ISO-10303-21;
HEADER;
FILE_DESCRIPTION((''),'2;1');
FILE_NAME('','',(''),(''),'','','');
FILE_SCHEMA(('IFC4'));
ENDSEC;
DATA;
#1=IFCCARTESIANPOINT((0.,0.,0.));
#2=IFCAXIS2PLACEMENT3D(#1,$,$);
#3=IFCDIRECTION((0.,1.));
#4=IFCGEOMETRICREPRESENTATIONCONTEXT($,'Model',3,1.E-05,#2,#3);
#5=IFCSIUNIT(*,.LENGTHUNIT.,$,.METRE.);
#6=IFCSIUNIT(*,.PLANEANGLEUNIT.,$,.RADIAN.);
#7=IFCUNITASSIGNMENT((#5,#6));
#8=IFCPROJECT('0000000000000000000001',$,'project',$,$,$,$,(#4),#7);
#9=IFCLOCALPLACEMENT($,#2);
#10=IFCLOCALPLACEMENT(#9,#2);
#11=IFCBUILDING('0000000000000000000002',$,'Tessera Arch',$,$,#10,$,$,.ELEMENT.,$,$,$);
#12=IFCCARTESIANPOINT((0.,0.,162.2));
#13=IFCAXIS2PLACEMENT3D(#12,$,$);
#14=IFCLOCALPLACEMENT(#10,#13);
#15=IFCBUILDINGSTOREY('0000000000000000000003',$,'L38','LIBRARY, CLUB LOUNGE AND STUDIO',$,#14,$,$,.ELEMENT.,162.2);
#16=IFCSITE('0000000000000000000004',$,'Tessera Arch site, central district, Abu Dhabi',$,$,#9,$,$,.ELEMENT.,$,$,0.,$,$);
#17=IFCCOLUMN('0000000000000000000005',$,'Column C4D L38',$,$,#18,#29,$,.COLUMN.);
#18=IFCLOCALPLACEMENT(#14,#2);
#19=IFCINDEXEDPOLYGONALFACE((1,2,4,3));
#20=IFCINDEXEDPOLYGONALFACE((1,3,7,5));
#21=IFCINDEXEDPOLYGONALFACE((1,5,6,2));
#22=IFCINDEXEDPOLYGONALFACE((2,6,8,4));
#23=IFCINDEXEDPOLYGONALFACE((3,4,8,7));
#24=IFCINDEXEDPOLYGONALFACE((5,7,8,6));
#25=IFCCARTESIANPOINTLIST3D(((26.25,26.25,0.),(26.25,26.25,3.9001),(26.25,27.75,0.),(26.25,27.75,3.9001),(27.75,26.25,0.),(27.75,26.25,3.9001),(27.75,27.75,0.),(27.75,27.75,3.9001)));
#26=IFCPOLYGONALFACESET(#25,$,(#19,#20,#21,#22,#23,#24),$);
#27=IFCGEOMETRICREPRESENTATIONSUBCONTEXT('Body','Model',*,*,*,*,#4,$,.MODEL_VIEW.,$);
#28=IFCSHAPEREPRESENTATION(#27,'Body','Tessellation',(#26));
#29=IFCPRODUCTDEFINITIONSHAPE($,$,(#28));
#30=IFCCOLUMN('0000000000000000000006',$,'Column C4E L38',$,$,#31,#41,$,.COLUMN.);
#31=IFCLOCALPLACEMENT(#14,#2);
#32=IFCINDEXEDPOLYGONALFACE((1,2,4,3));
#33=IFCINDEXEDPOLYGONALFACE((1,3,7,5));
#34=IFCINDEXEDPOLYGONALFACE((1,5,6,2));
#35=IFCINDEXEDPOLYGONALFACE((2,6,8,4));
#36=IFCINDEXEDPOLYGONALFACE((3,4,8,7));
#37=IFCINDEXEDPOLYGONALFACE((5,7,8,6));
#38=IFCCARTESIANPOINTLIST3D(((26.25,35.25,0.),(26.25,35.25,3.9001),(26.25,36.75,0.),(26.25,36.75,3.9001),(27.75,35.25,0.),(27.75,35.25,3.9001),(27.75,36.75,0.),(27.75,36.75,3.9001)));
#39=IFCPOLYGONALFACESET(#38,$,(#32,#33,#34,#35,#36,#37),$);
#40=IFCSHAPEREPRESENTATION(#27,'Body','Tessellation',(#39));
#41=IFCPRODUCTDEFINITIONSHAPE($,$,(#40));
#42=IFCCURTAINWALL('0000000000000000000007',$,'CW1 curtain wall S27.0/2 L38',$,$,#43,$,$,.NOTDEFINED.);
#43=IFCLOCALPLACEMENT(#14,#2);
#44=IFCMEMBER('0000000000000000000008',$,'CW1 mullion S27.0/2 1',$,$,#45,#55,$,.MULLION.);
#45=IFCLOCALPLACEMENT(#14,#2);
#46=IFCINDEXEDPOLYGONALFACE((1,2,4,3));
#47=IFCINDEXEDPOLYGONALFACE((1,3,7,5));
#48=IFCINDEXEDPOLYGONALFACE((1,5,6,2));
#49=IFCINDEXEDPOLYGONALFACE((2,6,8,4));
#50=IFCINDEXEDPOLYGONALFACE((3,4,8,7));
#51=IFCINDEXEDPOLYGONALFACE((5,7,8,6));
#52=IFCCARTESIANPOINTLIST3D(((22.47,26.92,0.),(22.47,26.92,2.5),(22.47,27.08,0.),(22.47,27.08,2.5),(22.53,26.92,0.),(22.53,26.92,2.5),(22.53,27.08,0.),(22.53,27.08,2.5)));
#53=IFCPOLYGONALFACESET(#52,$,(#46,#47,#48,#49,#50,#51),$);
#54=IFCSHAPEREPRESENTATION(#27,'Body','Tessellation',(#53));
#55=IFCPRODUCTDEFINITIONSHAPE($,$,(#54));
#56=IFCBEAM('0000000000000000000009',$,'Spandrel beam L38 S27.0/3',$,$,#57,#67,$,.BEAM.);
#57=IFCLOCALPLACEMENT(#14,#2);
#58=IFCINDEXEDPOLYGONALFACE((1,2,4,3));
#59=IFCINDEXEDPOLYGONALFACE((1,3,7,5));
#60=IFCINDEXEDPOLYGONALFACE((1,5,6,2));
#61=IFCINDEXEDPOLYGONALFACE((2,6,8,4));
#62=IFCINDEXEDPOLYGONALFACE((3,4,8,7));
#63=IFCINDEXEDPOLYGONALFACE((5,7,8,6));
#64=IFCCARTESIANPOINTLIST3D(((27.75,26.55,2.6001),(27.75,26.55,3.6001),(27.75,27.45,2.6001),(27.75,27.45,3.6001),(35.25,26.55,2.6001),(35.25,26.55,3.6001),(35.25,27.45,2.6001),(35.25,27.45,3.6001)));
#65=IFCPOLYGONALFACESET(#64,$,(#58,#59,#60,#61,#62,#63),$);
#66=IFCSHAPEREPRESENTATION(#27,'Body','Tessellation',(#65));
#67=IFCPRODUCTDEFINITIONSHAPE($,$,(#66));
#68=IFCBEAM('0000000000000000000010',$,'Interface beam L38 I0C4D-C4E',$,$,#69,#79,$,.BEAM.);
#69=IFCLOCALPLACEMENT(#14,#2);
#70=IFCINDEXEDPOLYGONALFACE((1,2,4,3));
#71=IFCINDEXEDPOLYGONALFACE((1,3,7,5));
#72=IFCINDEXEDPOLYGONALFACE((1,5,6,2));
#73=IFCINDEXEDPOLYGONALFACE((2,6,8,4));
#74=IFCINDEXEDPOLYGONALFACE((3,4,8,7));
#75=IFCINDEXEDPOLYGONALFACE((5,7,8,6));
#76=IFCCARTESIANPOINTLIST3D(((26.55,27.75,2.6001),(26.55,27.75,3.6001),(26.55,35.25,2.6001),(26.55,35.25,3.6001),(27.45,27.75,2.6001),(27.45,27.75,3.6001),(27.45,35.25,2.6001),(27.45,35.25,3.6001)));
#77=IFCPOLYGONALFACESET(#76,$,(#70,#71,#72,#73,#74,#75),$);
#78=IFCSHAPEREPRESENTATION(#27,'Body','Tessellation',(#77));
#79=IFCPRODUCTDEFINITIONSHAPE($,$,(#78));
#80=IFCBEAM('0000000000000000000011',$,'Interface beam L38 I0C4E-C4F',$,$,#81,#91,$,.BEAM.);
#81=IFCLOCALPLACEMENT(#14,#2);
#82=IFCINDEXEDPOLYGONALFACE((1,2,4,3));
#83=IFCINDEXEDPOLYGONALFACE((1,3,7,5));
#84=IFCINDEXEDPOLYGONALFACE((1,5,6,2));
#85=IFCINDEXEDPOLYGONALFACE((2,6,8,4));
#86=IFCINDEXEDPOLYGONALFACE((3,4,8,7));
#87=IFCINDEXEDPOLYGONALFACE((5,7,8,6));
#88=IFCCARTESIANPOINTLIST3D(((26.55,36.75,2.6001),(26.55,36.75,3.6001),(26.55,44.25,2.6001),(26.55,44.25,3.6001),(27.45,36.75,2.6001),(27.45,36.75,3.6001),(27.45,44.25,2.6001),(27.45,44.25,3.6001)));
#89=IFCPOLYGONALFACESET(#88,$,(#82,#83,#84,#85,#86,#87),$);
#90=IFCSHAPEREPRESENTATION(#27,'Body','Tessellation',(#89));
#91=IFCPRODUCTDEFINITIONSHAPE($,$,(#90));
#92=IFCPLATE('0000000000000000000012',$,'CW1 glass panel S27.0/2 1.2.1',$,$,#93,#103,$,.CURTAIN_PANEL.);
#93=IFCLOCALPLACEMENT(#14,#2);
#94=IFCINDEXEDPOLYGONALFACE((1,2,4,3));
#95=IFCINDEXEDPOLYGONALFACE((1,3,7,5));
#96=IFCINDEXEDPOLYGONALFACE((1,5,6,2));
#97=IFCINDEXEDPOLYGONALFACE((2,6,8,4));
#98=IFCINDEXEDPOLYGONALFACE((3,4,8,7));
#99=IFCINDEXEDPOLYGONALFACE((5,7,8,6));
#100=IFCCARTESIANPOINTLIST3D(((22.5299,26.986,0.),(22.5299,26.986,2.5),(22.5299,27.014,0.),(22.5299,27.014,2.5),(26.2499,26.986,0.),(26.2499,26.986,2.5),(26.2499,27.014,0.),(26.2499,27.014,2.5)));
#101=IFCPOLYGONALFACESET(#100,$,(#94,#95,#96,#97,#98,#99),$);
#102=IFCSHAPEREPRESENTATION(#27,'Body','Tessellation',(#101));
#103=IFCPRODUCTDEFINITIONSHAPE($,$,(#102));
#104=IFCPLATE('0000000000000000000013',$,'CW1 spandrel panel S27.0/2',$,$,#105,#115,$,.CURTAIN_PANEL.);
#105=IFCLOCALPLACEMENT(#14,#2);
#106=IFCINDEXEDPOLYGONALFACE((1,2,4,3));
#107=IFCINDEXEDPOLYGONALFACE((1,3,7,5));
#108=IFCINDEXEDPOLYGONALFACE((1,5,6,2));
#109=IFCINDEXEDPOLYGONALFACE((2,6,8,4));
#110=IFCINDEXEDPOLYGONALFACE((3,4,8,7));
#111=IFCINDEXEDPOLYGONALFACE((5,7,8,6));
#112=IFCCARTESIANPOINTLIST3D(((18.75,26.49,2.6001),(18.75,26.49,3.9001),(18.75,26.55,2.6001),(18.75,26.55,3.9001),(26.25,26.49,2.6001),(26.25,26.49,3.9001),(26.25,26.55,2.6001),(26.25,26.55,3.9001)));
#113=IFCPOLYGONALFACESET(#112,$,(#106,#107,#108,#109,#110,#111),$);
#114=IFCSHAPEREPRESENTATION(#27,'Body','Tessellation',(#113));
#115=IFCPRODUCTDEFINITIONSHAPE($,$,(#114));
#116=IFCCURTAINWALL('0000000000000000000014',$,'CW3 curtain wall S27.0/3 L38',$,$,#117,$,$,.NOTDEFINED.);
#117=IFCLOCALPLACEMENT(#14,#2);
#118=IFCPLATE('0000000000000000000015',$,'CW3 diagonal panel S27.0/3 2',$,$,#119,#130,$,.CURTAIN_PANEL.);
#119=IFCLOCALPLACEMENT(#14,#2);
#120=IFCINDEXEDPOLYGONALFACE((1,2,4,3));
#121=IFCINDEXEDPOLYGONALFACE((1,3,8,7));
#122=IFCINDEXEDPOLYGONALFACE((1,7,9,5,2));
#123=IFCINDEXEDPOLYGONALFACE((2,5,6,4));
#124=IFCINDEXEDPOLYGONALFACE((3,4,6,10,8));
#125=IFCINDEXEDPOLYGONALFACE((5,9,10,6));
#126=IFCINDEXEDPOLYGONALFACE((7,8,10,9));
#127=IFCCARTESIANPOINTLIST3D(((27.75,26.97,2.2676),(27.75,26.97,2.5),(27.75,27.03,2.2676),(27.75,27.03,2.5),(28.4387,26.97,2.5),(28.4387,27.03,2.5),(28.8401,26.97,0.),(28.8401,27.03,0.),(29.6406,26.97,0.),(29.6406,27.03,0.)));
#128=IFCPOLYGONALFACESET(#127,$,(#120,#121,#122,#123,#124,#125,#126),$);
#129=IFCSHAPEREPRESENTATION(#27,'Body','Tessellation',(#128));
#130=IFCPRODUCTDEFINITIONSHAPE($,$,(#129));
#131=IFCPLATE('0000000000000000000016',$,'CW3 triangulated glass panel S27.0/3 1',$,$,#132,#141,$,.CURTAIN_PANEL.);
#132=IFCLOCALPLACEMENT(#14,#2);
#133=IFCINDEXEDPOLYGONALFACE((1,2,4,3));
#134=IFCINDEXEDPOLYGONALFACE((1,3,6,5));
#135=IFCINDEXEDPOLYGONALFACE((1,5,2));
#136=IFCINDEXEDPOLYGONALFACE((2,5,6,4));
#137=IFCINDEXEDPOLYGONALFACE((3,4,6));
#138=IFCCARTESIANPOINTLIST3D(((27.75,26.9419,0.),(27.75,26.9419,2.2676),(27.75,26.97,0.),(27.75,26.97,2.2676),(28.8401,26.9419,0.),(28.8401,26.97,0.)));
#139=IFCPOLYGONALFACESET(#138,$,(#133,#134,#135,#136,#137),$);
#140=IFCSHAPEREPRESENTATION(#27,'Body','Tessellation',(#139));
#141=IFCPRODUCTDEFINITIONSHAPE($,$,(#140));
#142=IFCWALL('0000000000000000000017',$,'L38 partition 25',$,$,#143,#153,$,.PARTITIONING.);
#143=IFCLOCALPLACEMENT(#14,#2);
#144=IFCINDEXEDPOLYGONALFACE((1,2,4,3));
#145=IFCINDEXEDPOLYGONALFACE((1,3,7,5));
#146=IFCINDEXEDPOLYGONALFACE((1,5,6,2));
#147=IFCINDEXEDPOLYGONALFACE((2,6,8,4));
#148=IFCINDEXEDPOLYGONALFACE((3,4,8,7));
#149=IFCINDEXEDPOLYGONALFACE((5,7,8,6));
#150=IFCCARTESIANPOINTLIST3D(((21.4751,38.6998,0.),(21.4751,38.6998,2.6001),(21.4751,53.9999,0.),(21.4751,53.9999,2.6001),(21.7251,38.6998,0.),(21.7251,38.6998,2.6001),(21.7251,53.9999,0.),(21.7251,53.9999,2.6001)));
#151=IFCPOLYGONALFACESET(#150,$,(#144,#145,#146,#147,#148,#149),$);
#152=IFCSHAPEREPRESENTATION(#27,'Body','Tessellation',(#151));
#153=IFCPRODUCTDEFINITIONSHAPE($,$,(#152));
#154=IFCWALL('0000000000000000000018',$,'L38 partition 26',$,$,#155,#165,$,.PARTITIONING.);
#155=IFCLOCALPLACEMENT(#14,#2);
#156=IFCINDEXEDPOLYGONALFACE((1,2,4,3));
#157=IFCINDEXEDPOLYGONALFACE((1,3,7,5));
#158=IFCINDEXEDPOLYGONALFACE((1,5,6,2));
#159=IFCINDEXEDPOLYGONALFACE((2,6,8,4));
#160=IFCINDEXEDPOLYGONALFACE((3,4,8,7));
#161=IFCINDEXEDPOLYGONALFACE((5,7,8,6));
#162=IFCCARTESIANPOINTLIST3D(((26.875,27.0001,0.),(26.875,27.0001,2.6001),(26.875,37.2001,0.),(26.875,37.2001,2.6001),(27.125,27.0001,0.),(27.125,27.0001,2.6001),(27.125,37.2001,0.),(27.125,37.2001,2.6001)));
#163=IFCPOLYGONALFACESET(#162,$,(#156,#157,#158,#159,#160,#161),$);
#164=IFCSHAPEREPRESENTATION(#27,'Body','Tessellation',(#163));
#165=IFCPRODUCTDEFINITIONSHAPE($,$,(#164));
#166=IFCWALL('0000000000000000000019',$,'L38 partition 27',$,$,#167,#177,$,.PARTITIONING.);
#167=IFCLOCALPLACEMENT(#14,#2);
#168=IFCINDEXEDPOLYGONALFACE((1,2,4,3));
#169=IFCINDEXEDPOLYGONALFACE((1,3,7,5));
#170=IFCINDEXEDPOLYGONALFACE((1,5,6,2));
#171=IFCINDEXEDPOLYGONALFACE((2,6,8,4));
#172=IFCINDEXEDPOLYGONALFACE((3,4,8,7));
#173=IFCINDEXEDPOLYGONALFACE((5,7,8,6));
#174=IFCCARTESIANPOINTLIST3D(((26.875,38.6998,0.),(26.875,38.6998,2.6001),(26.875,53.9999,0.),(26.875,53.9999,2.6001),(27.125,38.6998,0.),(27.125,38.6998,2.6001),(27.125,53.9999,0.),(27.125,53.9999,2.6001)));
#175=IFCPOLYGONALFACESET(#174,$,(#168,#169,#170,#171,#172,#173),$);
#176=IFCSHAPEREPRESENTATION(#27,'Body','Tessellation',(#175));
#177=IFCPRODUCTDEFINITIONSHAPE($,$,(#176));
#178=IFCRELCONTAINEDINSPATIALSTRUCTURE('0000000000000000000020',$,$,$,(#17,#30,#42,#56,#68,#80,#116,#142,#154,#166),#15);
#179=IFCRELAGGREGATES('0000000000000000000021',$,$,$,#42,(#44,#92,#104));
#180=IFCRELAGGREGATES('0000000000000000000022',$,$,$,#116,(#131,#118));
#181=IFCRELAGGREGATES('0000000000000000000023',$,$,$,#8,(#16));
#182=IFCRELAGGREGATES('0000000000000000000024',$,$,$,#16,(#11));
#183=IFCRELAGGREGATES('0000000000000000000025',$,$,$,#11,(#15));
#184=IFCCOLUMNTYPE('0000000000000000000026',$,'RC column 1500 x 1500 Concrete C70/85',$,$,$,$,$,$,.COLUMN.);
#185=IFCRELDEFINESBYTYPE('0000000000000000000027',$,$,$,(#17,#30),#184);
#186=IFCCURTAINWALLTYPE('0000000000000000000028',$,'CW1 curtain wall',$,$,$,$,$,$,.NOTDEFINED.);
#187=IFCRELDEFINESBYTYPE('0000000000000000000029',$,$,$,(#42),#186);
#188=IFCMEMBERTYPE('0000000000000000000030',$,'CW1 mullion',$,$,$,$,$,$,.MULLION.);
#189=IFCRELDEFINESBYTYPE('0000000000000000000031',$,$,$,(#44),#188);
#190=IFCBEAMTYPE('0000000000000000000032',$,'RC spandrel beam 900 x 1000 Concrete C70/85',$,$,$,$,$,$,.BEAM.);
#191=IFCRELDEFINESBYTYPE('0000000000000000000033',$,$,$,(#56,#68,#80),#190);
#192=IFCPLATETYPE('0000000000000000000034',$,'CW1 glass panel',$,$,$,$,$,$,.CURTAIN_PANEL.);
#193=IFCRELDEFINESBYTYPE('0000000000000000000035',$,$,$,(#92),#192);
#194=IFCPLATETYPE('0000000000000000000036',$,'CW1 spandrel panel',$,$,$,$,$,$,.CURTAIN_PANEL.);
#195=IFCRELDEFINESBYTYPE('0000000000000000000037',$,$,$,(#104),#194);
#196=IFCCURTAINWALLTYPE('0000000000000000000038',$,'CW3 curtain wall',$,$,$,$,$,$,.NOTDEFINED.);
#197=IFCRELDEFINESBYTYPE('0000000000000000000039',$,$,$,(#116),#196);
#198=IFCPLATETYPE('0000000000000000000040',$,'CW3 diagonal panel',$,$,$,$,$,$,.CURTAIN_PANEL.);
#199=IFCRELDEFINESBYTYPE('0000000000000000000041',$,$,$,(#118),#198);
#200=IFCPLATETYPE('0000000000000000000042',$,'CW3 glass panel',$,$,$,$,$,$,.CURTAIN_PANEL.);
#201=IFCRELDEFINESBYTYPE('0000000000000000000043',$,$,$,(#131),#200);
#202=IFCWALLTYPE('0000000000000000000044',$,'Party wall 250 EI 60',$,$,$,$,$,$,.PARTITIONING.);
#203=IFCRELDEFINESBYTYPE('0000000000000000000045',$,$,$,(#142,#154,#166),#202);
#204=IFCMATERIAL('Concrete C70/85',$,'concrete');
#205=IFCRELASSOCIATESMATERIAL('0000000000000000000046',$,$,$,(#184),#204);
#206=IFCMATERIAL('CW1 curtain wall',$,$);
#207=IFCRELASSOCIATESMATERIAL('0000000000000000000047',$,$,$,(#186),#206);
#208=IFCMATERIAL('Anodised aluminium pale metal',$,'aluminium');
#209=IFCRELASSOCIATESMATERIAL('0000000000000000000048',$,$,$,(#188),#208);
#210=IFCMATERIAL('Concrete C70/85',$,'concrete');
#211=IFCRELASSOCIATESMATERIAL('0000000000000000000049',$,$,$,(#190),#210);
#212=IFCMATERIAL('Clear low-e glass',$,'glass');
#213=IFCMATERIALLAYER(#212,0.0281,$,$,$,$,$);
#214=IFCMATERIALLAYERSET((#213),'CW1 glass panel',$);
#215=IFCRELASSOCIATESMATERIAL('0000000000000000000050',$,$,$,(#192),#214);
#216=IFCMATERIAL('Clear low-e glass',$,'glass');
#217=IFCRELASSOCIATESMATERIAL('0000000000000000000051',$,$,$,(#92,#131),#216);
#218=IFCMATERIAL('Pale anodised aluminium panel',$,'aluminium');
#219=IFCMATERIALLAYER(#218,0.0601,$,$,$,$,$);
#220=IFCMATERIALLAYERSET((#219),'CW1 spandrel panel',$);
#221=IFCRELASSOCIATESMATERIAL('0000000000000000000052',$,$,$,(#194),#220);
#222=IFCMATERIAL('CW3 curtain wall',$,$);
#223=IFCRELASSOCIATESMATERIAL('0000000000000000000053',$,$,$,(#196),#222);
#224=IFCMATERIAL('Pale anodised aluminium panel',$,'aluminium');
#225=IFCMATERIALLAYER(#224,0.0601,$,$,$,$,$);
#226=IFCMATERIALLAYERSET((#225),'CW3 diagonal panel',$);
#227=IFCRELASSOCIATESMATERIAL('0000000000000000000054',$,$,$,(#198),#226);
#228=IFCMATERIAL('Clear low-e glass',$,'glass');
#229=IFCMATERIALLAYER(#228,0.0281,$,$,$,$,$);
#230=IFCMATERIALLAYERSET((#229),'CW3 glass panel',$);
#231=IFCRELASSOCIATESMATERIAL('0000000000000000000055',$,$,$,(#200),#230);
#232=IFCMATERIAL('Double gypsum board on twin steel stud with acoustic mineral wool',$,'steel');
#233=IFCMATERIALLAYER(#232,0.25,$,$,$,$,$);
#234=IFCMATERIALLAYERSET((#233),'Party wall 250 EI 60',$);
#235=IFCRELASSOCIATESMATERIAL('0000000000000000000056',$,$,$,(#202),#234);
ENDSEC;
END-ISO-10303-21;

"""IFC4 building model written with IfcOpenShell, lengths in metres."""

from ifc_helpers import new_model, si_unit, direction, frame, frame_2d, origin, origin_2d, place, context, subcontext, project, spatial, polyline, rectangle, outline, extrude, material, layer, layer_set, material_profile, profile_set, type_object, element, aggregate, save


model = new_model("IFC4")

# Units and contexts
model_context = context("Model", 3, precision=1e-05, world=origin(), true_north=direction((0.0, 1.0)))
body_context = subcontext(model_context, "Body", "Model", "MODEL_VIEW")
ifc_project = project(units=[si_unit("LENGTHUNIT", "METRE"), si_unit("PLANEANGLEUNIT", "RADIAN")], contexts=[model_context])

# Site, building, storey
site_placement = place(None, origin())
site = spatial("IfcSite", under=ifc_project, at=site_placement, Name="Tessera Arch site, central district, Abu Dhabi", CompositionType="ELEMENT", RefElevation=0.0)
building_placement = place(site_placement, origin())
building = spatial("IfcBuilding", under=site, at=building_placement, Name="Tessera Arch", CompositionType="ELEMENT")
storey_placement = place(building_placement, frame((0.0, 0.0, 162.2)))
storey = spatial("IfcBuildingStorey", under=building, at=storey_placement, Name="L38", Description="LIBRARY, CLUB LOUNGE AND STUDIO", CompositionType="ELEMENT", Elevation=162.2)

# Columns
ifc_material_1 = material(Name="Concrete C70/85", Category="concrete")
ifc_material_profile_1 = material_profile(ifc_material_1, rectangle(XDim=1.5, YDim=1.5, at=origin_2d()), Name="RC column 1500 x 1500 Concrete C70/85")
ifc_profile_set_1 = profile_set([ifc_material_profile_1], Name="Concrete C70/85")
column_type = type_object("IfcColumnType", Name="RC column 1500 x 1500 Concrete C70/85", PredefinedType="COLUMN", material=ifc_profile_set_1)
for number, where, z_axis, x_axis, name in (
    (1, (27.0, 27.0, 0.0), (0.0, 0.0, 1.0), (1.0, 0.0, 0.0), "Column C4D L38"),
    (2, (27.0, 36.0, 0.0), (0.0, 0.0, 1.0), (1.0, 0.0, 0.0), "Column C4E L38"),
):
    element("IfcColumn", number, at=place(storey_placement, frame(where, z_axis=z_axis, x_axis=x_axis)), inside=storey, type_object=column_type, Name=name, PredefinedType="COLUMN", context=body_context, shape_type="SweptSolid", body=[
        extrude(rectangle(XDim=1.5, YDim=1.5, at=origin_2d()), origin(), (0.0, 0.0, 1.0), 3.9001),
    ])

# Curtain wall, member
ifc_material_2 = material(Name="CW1 curtain wall")
curtain_wall_type_1 = type_object("IfcCurtainWallType", Name="CW1 curtain wall", PredefinedType="NOTDEFINED", material=ifc_material_2)
curtain_wall_1_placement = place(storey_placement, origin())
curtain_wall_1 = element("IfcCurtainWall", 3, at=curtain_wall_1_placement, inside=storey, type_object=curtain_wall_type_1, Name="CW1 curtain wall S27.0/2 L38", PredefinedType="NOTDEFINED")
ifc_material_3 = material(Name="Anodised aluminium pale metal", Category="aluminium")
ifc_material_profile_2 = material_profile(ifc_material_3, rectangle(XDim=0.1599, YDim=0.0601, at=origin_2d()), Name="AL 60x160")
ifc_profile_set_2 = profile_set([ifc_material_profile_2], Name="Anodised aluminium pale metal")
member_type = type_object("IfcMemberType", Name="CW1 mullion", PredefinedType="MULLION", material=ifc_profile_set_2)
member_placement = place(storey_placement, frame((22.5, 27.0, 0.0), z_axis=(0.0, 0.0, 1.0), x_axis=(0.0, 1.0, 0.0)))
member = element("IfcMember", 4, at=member_placement, type_object=member_type, Name="CW1 mullion S27.0/2 1", PredefinedType="MULLION", context=body_context, shape_type="SweptSolid", body=[
    extrude(rectangle(XDim=0.1599, YDim=0.0601, at=origin_2d()), origin(), (0.0, 0.0, 1.0), 2.5),
])

# Beams
ifc_material_4 = material(Name="Concrete C70/85", Category="concrete")
ifc_material_profile_3 = material_profile(ifc_material_4, rectangle(XDim=0.8999, YDim=1.0, at=origin_2d()), Name="RC spandrel beam 900 x 1000 Concrete C70/85")
ifc_profile_set_3 = profile_set([ifc_material_profile_3], Name="Concrete C70/85")
beam_type = type_object("IfcBeamType", Name="RC spandrel beam 900 x 1000 Concrete C70/85", PredefinedType="BEAM", material=ifc_profile_set_3)
for number, where, z_axis, x_axis, name in (
    (5, (27.75, 27.0, 3.1001), (1.0, 0.0, 0.0), (0.0, 1.0, 0.0), "Spandrel beam L38 S27.0/3"),
    (6, (27.0, 27.75, 3.1001), (0.0, 1.0, 0.0), (-1.0, 0.0, 0.0), "Interface beam L38 I0C4D-C4E"),
    (7, (27.0, 36.75, 3.1001), (0.0, 1.0, 0.0), (-1.0, 0.0, 0.0), "Interface beam L38 I0C4E-C4F"),
):
    element("IfcBeam", number, at=place(storey_placement, frame(where, z_axis=z_axis, x_axis=x_axis)), inside=storey, type_object=beam_type, Name=name, PredefinedType="BEAM", context=body_context, shape_type="SweptSolid", body=[
        extrude(rectangle(XDim=0.8999, YDim=1.0, at=origin_2d()), origin(), (0.0, 0.0, 1.0), 7.5),
    ])

# Plates
ifc_material_5 = material(Name="Clear low-e glass", Category="glass")
ifc_material_6 = material(Name="Clear low-e glass", Category="glass")
ifc_layer_1 = layer(ifc_material_6, 0.0281)
ifc_layer_set_1 = layer_set([ifc_layer_1], Name="CW1 glass panel")
plate_type_1 = type_object("IfcPlateType", Name="CW1 glass panel", PredefinedType="CURTAIN_PANEL", material=ifc_layer_set_1)
plate_1_placement = place(storey_placement, frame((24.3899, 27.0, 0.0), z_axis=(0.0, 0.0, 1.0), x_axis=(1.0, 0.0, 0.0)))
plate_1 = element("IfcPlate", 8, at=plate_1_placement, type_object=plate_type_1, material=ifc_material_5, Name="CW1 glass panel S27.0/2 1.2.1", PredefinedType="CURTAIN_PANEL", context=body_context, shape_type="SweptSolid", body=[
    extrude(rectangle(XDim=3.72, YDim=0.0281, at=origin_2d()), origin(), (0.0, 0.0, 1.0), 2.5),
])
ifc_material_7 = material(Name="Pale anodised aluminium panel", Category="aluminium")
ifc_layer_2 = layer(ifc_material_7, 0.0601)
ifc_layer_set_2 = layer_set([ifc_layer_2], Name="CW1 spandrel panel")
plate_type_2 = type_object("IfcPlateType", Name="CW1 spandrel panel", PredefinedType="CURTAIN_PANEL", material=ifc_layer_set_2)
plate_2_placement = place(storey_placement, frame((22.5, 26.52, 2.6001), z_axis=(0.0, 0.0, 1.0), x_axis=(1.0, 0.0, 0.0)))
plate_2 = element("IfcPlate", 9, at=plate_2_placement, type_object=plate_type_2, Name="CW1 spandrel panel S27.0/2", PredefinedType="CURTAIN_PANEL", context=body_context, shape_type="SweptSolid", body=[
    extrude(rectangle(XDim=7.5, YDim=0.0601, at=origin_2d()), origin(), (0.0, 0.0, 1.0), 1.3),
])
aggregate(curtain_wall_1, [member, plate_1, plate_2])

# Curtain wall, plates
ifc_material_8 = material(Name="CW3 curtain wall")
curtain_wall_type_2 = type_object("IfcCurtainWallType", Name="CW3 curtain wall", PredefinedType="NOTDEFINED", material=ifc_material_8)
curtain_wall_2_placement = place(storey_placement, origin())
curtain_wall_2 = element("IfcCurtainWall", 10, at=curtain_wall_2_placement, inside=storey, type_object=curtain_wall_type_2, Name="CW3 curtain wall S27.0/3 L38", PredefinedType="NOTDEFINED")
ifc_material_9 = material(Name="Pale anodised aluminium panel", Category="aluminium")
ifc_layer_3 = layer(ifc_material_9, 0.0601)
ifc_layer_set_3 = layer_set([ifc_layer_3], Name="CW3 diagonal panel")
plate_type_3 = type_object("IfcPlateType", Name="CW3 diagonal panel", PredefinedType="CURTAIN_PANEL", material=ifc_layer_set_3)
plate_3_placement = place(storey_placement, frame((27.75, 26.97, 2.5), z_axis=(0.0, -1.0, 0.0), x_axis=(0.0, 0.0, -1.0)))
plate_3 = element("IfcPlate", 11, at=plate_3_placement, type_object=plate_type_3, Name="CW3 diagonal panel S27.0/3 2", PredefinedType="CURTAIN_PANEL", context=body_context, shape_type="SweptSolid", body=[
    extrude(outline(polyline([(0.0, 0.0), (0.2324, 0.0), (2.5, 1.0901), (2.5, 1.8906), (0.0, 0.6887), (0.0, 0.0)])), origin(), (0.0, 0.0, -1.0), 0.0601),
])
ifc_material_10 = material(Name="Clear low-e glass", Category="glass")
ifc_layer_4 = layer(ifc_material_10, 0.0281)
ifc_layer_set_4 = layer_set([ifc_layer_4], Name="CW3 glass panel")
plate_type_4 = type_object("IfcPlateType", Name="CW3 glass panel", PredefinedType="CURTAIN_PANEL", material=ifc_layer_set_4)
plate_4_placement = place(storey_placement, frame((27.75, 26.9419, 0.0), z_axis=(0.0, -1.0, 0.0), x_axis=(1.0, 0.0, 0.0)))
plate_4 = element("IfcPlate", 12, at=plate_4_placement, type_object=plate_type_4, material=ifc_material_5, Name="CW3 triangulated glass panel S27.0/3 1", PredefinedType="CURTAIN_PANEL", context=body_context, shape_type="SweptSolid", body=[
    extrude(outline(polyline([(0.0, 0.0), (1.0901, 0.0), (0.0, 2.2676), (0.0, 0.0)])), origin(), (0.0, 0.0, -1.0), 0.0281),
])
aggregate(curtain_wall_2, [plate_4, plate_3])

# Walls
ifc_material_11 = material(Name="Double gypsum board on twin steel stud with acoustic mineral wool", Category="steel")
ifc_layer_5 = layer(ifc_material_11, 0.25)
ifc_layer_set_5 = layer_set([ifc_layer_5], Name="Party wall 250 EI 60")
wall_type_1 = type_object("IfcWallType", Name="Party wall 250 EI 60", PredefinedType="PARTITIONING", material=ifc_layer_set_5)
wall_1_placement = place(storey_placement, frame((21.6001, 38.7, 0.0), z_axis=(0.0, 0.0, 1.0), x_axis=(0.0, 1.0, 0.0)))
element("IfcWall", 13, at=wall_1_placement, inside=storey, type_object=wall_type_1, Name="L38 partition 25", PredefinedType="PARTITIONING", context=body_context, shape_type="SweptSolid", body=[
    extrude(rectangle(XDim=15.3, YDim=0.25, at=frame_2d((7.6499, 0.0))), origin(), (0.0, 0.0, 1.0), 2.6001),
])
wall_2_placement = place(storey_placement, frame((27.0, 27.0, 0.0), z_axis=(0.0, 0.0, 1.0), x_axis=(0.0, 1.0, 0.0)))
element("IfcWall", 14, at=wall_2_placement, inside=storey, type_object=wall_type_1, Name="L38 partition 26", PredefinedType="PARTITIONING", context=body_context, shape_type="SweptSolid", body=[
    extrude(rectangle(XDim=10.2, YDim=0.25, at=frame_2d((5.1001, 0.0))), origin(), (0.0, 0.0, 1.0), 2.6001),
])
wall_3_placement = place(storey_placement, frame((27.0, 38.7, 0.0), z_axis=(0.0, 0.0, 1.0), x_axis=(0.0, 1.0, 0.0)))
element("IfcWall", 15, at=wall_3_placement, inside=storey, type_object=wall_type_1, Name="L38 partition 27", PredefinedType="PARTITIONING", context=body_context, shape_type="SweptSolid", body=[
    extrude(rectangle(XDim=15.3, YDim=0.25, at=frame_2d((7.6499, 0.0))), origin(), (0.0, 0.0, 1.0), 2.6001),
])

save(model, "model.ifc")
